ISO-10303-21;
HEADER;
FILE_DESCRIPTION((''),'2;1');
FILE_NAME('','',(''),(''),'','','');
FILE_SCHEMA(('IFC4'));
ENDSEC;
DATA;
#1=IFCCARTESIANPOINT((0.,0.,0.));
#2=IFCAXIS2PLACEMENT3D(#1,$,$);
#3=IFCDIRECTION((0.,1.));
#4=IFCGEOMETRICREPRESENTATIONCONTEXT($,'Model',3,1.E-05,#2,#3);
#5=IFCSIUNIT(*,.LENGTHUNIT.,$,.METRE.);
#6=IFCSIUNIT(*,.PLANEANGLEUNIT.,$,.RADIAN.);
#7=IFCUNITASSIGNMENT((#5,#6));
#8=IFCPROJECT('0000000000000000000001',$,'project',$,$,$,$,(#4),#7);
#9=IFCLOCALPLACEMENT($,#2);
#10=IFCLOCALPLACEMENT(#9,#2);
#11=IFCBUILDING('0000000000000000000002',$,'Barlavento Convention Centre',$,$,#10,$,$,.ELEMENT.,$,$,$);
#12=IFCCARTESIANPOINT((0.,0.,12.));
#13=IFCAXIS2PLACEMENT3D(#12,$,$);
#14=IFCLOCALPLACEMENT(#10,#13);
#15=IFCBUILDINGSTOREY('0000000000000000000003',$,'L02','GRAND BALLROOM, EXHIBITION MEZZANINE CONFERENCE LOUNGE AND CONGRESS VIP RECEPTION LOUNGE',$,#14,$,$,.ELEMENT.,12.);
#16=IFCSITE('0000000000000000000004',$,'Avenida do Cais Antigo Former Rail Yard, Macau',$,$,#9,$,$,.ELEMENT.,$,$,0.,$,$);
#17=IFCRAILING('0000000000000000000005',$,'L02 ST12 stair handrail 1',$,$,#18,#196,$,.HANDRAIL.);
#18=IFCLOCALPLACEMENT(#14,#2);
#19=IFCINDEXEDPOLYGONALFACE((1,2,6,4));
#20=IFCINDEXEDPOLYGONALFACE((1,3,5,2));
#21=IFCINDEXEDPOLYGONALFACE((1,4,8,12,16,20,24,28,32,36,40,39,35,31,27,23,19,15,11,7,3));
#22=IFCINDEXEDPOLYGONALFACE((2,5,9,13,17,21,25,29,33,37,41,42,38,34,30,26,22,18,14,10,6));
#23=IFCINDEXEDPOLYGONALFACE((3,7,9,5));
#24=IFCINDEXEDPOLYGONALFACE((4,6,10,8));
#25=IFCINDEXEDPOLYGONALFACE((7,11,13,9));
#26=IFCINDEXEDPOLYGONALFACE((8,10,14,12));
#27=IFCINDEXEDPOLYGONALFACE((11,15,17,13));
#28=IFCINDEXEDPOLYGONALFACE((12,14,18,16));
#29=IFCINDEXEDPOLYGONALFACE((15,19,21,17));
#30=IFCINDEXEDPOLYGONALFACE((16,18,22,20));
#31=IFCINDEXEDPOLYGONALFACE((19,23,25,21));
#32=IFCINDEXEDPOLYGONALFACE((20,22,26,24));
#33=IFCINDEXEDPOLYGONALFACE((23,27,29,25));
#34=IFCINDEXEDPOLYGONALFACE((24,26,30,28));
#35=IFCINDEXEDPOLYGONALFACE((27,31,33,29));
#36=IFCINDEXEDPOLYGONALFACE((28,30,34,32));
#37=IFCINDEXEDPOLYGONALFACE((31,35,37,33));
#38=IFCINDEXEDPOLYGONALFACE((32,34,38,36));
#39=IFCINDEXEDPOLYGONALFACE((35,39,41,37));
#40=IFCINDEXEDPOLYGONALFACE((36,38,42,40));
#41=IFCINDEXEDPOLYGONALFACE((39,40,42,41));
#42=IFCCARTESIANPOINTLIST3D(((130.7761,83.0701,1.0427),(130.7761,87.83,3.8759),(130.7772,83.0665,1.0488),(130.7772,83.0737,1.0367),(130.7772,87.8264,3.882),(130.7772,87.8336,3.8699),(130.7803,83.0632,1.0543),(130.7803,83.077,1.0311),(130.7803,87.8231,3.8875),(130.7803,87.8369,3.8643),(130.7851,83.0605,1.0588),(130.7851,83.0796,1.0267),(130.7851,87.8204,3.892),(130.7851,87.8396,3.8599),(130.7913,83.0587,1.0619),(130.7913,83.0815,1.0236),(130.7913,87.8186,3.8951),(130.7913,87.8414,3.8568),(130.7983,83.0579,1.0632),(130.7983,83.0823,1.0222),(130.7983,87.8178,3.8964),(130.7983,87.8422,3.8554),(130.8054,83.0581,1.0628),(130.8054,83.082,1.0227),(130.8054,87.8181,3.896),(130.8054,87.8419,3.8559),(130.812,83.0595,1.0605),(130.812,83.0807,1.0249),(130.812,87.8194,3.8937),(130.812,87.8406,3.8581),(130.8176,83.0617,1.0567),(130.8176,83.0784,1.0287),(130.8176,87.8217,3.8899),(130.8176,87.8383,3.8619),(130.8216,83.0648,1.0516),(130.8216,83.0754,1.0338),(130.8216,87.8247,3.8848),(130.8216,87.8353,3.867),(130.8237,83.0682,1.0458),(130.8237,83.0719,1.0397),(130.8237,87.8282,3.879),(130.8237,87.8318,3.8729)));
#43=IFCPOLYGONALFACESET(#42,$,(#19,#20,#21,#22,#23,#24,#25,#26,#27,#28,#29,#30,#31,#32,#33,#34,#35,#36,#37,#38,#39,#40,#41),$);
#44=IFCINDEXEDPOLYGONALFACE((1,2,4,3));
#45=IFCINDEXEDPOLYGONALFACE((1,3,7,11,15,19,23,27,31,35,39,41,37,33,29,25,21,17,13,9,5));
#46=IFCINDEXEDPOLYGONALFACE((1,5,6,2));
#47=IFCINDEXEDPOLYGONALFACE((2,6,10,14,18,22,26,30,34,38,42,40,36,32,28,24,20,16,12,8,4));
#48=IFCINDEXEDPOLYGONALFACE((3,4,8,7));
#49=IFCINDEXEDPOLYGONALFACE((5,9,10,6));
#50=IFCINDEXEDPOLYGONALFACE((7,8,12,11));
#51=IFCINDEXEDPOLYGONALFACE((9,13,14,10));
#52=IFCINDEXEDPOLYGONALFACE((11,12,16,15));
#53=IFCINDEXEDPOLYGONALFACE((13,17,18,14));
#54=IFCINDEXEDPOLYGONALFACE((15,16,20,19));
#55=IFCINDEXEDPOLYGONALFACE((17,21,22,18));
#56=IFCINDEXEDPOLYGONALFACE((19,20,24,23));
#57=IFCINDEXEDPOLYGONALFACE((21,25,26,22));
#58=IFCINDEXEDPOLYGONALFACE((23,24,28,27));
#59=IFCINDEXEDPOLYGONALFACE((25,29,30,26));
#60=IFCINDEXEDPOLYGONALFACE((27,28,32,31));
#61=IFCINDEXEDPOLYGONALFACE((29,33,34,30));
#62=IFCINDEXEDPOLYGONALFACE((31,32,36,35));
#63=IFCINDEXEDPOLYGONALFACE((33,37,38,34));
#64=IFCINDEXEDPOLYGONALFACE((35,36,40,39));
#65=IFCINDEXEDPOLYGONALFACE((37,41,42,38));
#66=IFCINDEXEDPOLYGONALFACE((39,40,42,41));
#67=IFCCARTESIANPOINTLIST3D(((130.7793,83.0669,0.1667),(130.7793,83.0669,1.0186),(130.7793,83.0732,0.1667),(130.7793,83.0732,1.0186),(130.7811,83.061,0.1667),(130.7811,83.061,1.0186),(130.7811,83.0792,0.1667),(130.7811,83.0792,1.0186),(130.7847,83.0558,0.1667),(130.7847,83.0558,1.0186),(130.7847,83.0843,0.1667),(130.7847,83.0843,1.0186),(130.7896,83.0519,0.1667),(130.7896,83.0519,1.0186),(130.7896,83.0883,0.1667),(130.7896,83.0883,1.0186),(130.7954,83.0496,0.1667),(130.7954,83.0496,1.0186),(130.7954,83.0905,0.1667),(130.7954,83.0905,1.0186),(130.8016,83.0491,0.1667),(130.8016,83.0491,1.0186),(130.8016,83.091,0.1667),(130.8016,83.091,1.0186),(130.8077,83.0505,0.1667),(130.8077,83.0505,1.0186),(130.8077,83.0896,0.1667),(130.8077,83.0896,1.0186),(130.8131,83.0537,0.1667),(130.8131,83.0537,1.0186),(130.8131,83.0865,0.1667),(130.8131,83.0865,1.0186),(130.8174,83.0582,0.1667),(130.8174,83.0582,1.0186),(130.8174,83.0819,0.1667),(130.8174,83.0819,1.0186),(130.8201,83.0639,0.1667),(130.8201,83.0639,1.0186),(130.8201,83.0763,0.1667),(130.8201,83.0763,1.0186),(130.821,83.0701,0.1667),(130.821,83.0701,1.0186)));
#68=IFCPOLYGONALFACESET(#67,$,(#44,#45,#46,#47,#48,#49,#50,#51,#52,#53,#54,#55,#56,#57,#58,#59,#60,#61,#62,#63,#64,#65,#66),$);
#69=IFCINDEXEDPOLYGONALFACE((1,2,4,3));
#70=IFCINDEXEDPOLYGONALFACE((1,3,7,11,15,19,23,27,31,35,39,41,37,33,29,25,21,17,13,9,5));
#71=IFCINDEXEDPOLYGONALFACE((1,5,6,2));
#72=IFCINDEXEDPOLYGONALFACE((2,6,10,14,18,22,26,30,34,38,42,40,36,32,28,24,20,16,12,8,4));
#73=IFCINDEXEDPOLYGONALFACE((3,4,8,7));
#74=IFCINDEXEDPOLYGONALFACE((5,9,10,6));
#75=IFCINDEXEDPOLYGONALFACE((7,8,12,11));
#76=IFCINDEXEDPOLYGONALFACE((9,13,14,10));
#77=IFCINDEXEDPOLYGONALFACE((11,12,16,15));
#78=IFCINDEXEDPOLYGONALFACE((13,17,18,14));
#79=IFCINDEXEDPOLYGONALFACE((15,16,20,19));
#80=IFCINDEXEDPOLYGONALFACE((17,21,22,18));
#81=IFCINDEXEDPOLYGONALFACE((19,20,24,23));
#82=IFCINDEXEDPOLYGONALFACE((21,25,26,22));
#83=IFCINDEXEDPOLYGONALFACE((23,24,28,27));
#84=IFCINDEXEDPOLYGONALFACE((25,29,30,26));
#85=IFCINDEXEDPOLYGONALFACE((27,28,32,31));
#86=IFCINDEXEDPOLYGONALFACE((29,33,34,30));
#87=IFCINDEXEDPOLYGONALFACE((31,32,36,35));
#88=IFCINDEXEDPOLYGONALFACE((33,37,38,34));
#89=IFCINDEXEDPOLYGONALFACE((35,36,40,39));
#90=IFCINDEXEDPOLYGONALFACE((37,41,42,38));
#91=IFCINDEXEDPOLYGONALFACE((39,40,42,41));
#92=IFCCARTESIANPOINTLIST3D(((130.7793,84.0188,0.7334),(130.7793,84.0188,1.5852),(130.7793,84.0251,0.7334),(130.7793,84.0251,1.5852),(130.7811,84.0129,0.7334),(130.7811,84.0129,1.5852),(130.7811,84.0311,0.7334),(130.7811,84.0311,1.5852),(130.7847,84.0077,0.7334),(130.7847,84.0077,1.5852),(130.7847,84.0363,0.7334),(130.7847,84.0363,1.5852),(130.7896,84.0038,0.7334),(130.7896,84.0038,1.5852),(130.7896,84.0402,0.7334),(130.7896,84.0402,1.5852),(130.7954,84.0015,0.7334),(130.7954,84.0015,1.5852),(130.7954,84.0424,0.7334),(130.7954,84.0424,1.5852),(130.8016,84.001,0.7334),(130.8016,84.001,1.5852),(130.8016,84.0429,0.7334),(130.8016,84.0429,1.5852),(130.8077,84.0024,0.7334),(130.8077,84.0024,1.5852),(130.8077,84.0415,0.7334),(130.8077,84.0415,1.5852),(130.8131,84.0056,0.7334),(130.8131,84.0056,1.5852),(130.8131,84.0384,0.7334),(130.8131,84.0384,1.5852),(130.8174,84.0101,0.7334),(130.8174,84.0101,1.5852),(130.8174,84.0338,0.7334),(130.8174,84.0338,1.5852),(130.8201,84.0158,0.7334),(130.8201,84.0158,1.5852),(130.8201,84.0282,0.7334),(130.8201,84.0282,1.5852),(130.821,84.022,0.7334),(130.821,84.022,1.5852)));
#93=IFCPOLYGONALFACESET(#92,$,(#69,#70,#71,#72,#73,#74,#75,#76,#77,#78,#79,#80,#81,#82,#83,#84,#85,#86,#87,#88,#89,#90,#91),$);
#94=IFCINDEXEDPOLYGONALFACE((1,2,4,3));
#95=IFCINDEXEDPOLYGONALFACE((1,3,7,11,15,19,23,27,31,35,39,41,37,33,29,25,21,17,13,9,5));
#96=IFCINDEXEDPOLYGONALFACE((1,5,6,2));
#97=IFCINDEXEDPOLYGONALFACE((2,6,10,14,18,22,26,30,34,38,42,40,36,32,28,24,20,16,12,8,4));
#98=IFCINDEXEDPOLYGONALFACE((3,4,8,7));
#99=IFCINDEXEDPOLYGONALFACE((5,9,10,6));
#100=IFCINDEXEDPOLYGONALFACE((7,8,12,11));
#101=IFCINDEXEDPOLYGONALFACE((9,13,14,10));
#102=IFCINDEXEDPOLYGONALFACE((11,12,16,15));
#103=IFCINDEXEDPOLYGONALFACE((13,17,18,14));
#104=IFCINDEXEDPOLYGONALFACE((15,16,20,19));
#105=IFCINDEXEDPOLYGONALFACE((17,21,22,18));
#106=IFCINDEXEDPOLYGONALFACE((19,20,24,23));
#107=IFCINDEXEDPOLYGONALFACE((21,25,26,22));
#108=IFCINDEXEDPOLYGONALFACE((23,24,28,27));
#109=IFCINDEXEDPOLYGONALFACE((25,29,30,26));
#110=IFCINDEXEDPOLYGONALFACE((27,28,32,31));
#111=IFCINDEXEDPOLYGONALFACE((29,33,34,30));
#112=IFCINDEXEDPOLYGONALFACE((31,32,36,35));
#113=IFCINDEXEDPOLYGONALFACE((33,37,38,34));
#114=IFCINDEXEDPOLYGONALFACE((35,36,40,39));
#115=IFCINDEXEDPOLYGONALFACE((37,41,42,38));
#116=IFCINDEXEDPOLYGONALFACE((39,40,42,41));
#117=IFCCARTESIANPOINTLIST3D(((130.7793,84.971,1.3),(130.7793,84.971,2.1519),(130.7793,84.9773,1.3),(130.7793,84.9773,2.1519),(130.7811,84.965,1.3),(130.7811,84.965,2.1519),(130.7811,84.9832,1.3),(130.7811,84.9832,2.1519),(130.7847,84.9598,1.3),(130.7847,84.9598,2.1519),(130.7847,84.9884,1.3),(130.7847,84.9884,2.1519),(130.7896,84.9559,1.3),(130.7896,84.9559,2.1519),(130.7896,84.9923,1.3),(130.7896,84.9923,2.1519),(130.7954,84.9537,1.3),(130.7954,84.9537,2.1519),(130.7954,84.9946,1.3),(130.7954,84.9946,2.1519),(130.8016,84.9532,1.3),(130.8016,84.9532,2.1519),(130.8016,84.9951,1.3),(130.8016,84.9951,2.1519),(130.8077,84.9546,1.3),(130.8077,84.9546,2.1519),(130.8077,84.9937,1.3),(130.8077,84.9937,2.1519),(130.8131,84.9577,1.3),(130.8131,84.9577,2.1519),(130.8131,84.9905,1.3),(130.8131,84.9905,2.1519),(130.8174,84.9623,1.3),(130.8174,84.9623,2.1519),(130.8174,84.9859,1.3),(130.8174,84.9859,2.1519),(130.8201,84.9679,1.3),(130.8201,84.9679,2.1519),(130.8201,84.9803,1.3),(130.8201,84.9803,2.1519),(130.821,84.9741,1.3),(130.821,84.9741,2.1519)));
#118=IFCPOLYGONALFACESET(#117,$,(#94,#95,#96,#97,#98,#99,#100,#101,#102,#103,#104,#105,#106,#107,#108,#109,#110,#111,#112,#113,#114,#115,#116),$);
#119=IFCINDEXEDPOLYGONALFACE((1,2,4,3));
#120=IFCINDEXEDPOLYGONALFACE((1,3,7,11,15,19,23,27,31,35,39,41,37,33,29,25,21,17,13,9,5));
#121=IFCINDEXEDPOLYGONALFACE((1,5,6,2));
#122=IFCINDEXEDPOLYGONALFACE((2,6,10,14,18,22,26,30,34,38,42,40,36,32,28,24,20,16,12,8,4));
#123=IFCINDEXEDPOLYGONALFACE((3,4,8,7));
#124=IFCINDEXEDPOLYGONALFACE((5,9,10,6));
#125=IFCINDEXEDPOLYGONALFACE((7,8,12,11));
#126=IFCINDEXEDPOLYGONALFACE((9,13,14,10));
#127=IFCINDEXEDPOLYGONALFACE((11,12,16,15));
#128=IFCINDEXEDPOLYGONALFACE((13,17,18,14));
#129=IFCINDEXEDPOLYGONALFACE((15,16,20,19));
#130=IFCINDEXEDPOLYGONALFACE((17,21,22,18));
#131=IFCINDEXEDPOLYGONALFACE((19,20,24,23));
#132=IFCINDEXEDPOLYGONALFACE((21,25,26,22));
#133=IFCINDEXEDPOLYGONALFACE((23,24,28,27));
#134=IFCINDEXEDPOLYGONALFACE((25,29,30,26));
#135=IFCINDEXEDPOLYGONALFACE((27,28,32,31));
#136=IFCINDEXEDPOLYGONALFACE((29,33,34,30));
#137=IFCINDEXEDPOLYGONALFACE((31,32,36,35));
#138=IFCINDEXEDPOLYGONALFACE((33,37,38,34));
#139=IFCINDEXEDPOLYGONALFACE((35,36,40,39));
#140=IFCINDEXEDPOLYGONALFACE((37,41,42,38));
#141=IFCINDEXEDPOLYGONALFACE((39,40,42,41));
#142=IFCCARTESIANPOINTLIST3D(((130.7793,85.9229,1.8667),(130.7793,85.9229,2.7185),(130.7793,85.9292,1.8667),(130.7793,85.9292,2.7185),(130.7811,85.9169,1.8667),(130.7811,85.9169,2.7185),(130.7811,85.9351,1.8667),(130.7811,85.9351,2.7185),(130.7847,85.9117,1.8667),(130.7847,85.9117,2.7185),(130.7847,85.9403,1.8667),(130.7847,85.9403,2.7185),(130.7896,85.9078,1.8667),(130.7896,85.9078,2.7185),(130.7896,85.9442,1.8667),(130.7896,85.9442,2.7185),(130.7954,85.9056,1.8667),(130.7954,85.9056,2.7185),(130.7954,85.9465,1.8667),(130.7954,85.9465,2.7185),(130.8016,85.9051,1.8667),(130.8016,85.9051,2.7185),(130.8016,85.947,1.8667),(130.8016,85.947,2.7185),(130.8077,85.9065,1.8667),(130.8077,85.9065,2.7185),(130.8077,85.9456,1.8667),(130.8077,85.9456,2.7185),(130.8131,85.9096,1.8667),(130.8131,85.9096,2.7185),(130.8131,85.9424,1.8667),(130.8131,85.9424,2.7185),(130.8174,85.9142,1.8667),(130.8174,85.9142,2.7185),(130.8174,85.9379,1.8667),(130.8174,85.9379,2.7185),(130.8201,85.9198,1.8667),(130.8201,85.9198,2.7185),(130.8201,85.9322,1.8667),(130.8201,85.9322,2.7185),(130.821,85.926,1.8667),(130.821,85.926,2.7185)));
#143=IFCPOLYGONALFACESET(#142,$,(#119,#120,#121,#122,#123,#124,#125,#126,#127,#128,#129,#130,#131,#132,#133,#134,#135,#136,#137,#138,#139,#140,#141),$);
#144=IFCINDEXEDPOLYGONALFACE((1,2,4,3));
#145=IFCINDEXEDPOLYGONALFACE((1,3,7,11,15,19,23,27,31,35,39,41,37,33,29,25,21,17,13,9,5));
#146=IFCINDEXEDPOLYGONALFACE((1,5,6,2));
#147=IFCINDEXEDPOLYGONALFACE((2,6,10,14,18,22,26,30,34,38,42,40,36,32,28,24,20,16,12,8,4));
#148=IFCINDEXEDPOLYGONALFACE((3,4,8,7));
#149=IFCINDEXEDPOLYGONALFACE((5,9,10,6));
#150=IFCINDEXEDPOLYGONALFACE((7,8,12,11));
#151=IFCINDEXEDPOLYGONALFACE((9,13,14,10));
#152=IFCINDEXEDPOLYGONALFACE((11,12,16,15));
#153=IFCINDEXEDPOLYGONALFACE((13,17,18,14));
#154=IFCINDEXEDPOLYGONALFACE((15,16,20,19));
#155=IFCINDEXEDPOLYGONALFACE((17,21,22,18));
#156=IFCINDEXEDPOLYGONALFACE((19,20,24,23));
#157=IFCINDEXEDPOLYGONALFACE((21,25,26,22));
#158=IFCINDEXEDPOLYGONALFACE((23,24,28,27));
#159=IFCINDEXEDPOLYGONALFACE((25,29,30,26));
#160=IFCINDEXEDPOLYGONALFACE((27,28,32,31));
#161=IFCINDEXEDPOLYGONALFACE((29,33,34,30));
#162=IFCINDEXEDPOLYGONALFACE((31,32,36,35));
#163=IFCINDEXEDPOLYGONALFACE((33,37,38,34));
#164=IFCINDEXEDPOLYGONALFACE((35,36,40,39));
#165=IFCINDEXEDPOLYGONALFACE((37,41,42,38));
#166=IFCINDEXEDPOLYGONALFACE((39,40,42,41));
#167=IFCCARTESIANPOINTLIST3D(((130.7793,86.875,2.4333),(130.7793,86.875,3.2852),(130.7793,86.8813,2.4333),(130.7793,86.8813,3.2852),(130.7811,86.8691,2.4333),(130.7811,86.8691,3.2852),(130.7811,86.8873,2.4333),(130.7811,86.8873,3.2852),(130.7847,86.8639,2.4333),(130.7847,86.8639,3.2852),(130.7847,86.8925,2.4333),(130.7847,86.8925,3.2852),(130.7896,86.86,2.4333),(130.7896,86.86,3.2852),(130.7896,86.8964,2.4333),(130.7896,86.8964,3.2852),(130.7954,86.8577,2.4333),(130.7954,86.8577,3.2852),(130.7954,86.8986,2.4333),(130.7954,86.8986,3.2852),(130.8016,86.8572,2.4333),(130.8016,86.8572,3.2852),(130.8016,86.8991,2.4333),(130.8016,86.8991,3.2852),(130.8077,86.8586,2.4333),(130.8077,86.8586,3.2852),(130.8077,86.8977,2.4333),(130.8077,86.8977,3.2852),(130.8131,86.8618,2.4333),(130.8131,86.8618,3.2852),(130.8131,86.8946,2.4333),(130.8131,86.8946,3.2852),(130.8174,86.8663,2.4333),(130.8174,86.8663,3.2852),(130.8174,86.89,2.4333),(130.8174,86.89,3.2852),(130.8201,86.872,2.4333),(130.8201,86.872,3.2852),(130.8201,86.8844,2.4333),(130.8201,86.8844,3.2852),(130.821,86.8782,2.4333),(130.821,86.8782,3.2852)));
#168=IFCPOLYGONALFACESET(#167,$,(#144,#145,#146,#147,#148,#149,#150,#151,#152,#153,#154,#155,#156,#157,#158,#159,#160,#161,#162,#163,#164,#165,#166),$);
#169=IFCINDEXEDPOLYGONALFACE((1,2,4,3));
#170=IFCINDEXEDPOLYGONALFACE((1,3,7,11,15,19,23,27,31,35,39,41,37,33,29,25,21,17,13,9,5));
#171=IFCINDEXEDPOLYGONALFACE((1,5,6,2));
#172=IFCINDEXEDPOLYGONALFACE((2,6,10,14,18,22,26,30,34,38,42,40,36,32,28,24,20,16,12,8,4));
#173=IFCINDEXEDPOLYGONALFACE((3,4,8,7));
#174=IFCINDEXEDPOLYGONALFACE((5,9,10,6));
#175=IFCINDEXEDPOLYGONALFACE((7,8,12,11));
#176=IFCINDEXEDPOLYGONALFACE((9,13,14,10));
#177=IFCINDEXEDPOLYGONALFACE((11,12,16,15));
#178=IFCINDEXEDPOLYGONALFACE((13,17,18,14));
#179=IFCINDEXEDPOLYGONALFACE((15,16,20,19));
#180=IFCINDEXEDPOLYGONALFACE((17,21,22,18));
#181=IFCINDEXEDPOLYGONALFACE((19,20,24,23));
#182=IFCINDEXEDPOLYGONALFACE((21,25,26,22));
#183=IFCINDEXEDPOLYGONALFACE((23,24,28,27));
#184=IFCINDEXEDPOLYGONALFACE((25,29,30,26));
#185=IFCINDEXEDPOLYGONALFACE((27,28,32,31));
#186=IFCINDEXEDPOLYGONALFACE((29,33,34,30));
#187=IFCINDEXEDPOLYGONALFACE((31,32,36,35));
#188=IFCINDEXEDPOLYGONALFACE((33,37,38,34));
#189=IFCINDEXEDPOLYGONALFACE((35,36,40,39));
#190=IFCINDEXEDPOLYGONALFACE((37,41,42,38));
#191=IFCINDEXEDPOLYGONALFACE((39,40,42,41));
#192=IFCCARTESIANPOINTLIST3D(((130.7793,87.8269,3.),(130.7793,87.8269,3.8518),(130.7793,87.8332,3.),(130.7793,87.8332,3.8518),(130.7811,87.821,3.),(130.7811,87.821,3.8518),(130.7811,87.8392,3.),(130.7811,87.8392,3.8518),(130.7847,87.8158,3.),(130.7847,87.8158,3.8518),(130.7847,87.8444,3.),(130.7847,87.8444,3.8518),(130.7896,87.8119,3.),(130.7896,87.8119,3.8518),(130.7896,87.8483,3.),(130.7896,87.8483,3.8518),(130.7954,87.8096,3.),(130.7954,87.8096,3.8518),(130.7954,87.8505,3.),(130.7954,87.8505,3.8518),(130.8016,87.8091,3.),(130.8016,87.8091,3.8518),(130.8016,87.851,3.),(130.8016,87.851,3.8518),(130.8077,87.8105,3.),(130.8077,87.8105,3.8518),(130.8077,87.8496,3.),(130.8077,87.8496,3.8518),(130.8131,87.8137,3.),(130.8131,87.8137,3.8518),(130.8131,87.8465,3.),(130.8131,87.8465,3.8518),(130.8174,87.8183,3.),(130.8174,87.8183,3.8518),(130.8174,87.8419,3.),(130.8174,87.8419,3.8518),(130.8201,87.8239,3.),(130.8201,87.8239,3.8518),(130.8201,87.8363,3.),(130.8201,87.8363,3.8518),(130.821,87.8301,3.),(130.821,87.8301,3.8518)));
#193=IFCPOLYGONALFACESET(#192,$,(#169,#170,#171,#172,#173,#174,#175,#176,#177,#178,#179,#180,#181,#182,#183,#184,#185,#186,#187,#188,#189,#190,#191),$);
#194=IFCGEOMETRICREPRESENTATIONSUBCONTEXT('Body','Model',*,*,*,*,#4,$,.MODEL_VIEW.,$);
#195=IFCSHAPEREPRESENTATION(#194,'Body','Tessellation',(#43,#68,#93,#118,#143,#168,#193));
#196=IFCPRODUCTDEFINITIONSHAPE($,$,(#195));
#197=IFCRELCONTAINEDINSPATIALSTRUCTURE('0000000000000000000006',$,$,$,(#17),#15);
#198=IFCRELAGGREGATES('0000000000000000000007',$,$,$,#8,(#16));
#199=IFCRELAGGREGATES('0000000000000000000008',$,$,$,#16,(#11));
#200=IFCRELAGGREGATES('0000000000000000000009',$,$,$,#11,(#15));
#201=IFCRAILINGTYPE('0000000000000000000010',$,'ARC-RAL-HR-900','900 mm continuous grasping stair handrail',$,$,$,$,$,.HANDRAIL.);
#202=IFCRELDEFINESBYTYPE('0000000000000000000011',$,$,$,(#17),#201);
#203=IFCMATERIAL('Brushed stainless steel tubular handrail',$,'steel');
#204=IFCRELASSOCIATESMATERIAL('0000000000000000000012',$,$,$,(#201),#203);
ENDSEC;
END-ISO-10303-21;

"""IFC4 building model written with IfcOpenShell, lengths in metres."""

from ifc_helpers import new_model, si_unit, direction, frame, origin, origin_2d, place, context, subcontext, project, spatial, circle, extrude, material, type_object, element, save


model = new_model("IFC4")

# Units and contexts
model_context = context("Model", 3, precision=1e-05, world=origin(), true_north=direction((0.0, 1.0)))
body_context = subcontext(model_context, "Body", "Model", "MODEL_VIEW")
ifc_project = project(units=[si_unit("LENGTHUNIT", "METRE"), si_unit("PLANEANGLEUNIT", "RADIAN")], contexts=[model_context])

# Site, building, storey
site_placement = place(None, origin())
site = spatial("IfcSite", under=ifc_project, at=site_placement, Name="Avenida do Cais Antigo Former Rail Yard, Macau", CompositionType="ELEMENT", RefElevation=0.0)
building_placement = place(site_placement, origin())
building = spatial("IfcBuilding", under=site, at=building_placement, Name="Barlavento Convention Centre", CompositionType="ELEMENT")
storey_placement = place(building_placement, frame((0.0, 0.0, 12.0)))
storey = spatial("IfcBuildingStorey", under=building, at=storey_placement, Name="L02", Description="GRAND BALLROOM, EXHIBITION MEZZANINE CONFERENCE LOUNGE AND CONGRESS VIP RECEPTION LOUNGE", CompositionType="ELEMENT", Elevation=12.0)

# Railing
ifc_material_1 = material(Name="Brushed stainless steel tubular handrail", Category="steel")
railing_type_1 = type_object("IfcRailingType", Name="ARC-RAL-HR-900", Description="900 mm continuous grasping stair handrail", PredefinedType="HANDRAIL", material=ifc_material_1)
railing_1_placement = place(storey_placement, frame((130.8, 83.0701, 0.1667)))
element("IfcRailing", 1, at=railing_1_placement, inside=storey, type_object=railing_type_1, Name="L02 ST12 stair handrail 1", PredefinedType="HANDRAIL", context=body_context, shape_type="SweptSolid", body=[
    extrude(circle(Radius=0.0239, at=origin_2d()), frame((0.0, 0.0, 0.876), z_axis=(0.0, 0.8593, 0.511472), x_axis=(-1.0, 0.0, 0.0)), (0.0, 0.0, 1.0), 5.5393),
    extrude(circle(Radius=0.021, at=origin_2d()), origin(), (0.0, 0.0, 1.0), 0.8518),
    extrude(circle(Radius=0.021, at=origin_2d()), frame((0.0, 0.9519, 0.5667)), (0.0, 0.0, 1.0), 0.8518),
    extrude(circle(Radius=0.021, at=origin_2d()), frame((0.0, 1.9041, 1.1333)), (0.0, 0.0, 1.0), 0.8518),
    extrude(circle(Radius=0.021, at=origin_2d()), frame((0.0, 2.856, 1.7)), (0.0, 0.0, 1.0), 0.8518),
    extrude(circle(Radius=0.021, at=origin_2d()), frame((0.0, 3.8081, 2.2666)), (0.0, 0.0, 1.0), 0.8518),
    extrude(circle(Radius=0.021, at=origin_2d()), frame((0.0, 4.76, 2.8333)), (0.0, 0.0, 1.0), 0.8518),
])

save(model, "model.ifc")
